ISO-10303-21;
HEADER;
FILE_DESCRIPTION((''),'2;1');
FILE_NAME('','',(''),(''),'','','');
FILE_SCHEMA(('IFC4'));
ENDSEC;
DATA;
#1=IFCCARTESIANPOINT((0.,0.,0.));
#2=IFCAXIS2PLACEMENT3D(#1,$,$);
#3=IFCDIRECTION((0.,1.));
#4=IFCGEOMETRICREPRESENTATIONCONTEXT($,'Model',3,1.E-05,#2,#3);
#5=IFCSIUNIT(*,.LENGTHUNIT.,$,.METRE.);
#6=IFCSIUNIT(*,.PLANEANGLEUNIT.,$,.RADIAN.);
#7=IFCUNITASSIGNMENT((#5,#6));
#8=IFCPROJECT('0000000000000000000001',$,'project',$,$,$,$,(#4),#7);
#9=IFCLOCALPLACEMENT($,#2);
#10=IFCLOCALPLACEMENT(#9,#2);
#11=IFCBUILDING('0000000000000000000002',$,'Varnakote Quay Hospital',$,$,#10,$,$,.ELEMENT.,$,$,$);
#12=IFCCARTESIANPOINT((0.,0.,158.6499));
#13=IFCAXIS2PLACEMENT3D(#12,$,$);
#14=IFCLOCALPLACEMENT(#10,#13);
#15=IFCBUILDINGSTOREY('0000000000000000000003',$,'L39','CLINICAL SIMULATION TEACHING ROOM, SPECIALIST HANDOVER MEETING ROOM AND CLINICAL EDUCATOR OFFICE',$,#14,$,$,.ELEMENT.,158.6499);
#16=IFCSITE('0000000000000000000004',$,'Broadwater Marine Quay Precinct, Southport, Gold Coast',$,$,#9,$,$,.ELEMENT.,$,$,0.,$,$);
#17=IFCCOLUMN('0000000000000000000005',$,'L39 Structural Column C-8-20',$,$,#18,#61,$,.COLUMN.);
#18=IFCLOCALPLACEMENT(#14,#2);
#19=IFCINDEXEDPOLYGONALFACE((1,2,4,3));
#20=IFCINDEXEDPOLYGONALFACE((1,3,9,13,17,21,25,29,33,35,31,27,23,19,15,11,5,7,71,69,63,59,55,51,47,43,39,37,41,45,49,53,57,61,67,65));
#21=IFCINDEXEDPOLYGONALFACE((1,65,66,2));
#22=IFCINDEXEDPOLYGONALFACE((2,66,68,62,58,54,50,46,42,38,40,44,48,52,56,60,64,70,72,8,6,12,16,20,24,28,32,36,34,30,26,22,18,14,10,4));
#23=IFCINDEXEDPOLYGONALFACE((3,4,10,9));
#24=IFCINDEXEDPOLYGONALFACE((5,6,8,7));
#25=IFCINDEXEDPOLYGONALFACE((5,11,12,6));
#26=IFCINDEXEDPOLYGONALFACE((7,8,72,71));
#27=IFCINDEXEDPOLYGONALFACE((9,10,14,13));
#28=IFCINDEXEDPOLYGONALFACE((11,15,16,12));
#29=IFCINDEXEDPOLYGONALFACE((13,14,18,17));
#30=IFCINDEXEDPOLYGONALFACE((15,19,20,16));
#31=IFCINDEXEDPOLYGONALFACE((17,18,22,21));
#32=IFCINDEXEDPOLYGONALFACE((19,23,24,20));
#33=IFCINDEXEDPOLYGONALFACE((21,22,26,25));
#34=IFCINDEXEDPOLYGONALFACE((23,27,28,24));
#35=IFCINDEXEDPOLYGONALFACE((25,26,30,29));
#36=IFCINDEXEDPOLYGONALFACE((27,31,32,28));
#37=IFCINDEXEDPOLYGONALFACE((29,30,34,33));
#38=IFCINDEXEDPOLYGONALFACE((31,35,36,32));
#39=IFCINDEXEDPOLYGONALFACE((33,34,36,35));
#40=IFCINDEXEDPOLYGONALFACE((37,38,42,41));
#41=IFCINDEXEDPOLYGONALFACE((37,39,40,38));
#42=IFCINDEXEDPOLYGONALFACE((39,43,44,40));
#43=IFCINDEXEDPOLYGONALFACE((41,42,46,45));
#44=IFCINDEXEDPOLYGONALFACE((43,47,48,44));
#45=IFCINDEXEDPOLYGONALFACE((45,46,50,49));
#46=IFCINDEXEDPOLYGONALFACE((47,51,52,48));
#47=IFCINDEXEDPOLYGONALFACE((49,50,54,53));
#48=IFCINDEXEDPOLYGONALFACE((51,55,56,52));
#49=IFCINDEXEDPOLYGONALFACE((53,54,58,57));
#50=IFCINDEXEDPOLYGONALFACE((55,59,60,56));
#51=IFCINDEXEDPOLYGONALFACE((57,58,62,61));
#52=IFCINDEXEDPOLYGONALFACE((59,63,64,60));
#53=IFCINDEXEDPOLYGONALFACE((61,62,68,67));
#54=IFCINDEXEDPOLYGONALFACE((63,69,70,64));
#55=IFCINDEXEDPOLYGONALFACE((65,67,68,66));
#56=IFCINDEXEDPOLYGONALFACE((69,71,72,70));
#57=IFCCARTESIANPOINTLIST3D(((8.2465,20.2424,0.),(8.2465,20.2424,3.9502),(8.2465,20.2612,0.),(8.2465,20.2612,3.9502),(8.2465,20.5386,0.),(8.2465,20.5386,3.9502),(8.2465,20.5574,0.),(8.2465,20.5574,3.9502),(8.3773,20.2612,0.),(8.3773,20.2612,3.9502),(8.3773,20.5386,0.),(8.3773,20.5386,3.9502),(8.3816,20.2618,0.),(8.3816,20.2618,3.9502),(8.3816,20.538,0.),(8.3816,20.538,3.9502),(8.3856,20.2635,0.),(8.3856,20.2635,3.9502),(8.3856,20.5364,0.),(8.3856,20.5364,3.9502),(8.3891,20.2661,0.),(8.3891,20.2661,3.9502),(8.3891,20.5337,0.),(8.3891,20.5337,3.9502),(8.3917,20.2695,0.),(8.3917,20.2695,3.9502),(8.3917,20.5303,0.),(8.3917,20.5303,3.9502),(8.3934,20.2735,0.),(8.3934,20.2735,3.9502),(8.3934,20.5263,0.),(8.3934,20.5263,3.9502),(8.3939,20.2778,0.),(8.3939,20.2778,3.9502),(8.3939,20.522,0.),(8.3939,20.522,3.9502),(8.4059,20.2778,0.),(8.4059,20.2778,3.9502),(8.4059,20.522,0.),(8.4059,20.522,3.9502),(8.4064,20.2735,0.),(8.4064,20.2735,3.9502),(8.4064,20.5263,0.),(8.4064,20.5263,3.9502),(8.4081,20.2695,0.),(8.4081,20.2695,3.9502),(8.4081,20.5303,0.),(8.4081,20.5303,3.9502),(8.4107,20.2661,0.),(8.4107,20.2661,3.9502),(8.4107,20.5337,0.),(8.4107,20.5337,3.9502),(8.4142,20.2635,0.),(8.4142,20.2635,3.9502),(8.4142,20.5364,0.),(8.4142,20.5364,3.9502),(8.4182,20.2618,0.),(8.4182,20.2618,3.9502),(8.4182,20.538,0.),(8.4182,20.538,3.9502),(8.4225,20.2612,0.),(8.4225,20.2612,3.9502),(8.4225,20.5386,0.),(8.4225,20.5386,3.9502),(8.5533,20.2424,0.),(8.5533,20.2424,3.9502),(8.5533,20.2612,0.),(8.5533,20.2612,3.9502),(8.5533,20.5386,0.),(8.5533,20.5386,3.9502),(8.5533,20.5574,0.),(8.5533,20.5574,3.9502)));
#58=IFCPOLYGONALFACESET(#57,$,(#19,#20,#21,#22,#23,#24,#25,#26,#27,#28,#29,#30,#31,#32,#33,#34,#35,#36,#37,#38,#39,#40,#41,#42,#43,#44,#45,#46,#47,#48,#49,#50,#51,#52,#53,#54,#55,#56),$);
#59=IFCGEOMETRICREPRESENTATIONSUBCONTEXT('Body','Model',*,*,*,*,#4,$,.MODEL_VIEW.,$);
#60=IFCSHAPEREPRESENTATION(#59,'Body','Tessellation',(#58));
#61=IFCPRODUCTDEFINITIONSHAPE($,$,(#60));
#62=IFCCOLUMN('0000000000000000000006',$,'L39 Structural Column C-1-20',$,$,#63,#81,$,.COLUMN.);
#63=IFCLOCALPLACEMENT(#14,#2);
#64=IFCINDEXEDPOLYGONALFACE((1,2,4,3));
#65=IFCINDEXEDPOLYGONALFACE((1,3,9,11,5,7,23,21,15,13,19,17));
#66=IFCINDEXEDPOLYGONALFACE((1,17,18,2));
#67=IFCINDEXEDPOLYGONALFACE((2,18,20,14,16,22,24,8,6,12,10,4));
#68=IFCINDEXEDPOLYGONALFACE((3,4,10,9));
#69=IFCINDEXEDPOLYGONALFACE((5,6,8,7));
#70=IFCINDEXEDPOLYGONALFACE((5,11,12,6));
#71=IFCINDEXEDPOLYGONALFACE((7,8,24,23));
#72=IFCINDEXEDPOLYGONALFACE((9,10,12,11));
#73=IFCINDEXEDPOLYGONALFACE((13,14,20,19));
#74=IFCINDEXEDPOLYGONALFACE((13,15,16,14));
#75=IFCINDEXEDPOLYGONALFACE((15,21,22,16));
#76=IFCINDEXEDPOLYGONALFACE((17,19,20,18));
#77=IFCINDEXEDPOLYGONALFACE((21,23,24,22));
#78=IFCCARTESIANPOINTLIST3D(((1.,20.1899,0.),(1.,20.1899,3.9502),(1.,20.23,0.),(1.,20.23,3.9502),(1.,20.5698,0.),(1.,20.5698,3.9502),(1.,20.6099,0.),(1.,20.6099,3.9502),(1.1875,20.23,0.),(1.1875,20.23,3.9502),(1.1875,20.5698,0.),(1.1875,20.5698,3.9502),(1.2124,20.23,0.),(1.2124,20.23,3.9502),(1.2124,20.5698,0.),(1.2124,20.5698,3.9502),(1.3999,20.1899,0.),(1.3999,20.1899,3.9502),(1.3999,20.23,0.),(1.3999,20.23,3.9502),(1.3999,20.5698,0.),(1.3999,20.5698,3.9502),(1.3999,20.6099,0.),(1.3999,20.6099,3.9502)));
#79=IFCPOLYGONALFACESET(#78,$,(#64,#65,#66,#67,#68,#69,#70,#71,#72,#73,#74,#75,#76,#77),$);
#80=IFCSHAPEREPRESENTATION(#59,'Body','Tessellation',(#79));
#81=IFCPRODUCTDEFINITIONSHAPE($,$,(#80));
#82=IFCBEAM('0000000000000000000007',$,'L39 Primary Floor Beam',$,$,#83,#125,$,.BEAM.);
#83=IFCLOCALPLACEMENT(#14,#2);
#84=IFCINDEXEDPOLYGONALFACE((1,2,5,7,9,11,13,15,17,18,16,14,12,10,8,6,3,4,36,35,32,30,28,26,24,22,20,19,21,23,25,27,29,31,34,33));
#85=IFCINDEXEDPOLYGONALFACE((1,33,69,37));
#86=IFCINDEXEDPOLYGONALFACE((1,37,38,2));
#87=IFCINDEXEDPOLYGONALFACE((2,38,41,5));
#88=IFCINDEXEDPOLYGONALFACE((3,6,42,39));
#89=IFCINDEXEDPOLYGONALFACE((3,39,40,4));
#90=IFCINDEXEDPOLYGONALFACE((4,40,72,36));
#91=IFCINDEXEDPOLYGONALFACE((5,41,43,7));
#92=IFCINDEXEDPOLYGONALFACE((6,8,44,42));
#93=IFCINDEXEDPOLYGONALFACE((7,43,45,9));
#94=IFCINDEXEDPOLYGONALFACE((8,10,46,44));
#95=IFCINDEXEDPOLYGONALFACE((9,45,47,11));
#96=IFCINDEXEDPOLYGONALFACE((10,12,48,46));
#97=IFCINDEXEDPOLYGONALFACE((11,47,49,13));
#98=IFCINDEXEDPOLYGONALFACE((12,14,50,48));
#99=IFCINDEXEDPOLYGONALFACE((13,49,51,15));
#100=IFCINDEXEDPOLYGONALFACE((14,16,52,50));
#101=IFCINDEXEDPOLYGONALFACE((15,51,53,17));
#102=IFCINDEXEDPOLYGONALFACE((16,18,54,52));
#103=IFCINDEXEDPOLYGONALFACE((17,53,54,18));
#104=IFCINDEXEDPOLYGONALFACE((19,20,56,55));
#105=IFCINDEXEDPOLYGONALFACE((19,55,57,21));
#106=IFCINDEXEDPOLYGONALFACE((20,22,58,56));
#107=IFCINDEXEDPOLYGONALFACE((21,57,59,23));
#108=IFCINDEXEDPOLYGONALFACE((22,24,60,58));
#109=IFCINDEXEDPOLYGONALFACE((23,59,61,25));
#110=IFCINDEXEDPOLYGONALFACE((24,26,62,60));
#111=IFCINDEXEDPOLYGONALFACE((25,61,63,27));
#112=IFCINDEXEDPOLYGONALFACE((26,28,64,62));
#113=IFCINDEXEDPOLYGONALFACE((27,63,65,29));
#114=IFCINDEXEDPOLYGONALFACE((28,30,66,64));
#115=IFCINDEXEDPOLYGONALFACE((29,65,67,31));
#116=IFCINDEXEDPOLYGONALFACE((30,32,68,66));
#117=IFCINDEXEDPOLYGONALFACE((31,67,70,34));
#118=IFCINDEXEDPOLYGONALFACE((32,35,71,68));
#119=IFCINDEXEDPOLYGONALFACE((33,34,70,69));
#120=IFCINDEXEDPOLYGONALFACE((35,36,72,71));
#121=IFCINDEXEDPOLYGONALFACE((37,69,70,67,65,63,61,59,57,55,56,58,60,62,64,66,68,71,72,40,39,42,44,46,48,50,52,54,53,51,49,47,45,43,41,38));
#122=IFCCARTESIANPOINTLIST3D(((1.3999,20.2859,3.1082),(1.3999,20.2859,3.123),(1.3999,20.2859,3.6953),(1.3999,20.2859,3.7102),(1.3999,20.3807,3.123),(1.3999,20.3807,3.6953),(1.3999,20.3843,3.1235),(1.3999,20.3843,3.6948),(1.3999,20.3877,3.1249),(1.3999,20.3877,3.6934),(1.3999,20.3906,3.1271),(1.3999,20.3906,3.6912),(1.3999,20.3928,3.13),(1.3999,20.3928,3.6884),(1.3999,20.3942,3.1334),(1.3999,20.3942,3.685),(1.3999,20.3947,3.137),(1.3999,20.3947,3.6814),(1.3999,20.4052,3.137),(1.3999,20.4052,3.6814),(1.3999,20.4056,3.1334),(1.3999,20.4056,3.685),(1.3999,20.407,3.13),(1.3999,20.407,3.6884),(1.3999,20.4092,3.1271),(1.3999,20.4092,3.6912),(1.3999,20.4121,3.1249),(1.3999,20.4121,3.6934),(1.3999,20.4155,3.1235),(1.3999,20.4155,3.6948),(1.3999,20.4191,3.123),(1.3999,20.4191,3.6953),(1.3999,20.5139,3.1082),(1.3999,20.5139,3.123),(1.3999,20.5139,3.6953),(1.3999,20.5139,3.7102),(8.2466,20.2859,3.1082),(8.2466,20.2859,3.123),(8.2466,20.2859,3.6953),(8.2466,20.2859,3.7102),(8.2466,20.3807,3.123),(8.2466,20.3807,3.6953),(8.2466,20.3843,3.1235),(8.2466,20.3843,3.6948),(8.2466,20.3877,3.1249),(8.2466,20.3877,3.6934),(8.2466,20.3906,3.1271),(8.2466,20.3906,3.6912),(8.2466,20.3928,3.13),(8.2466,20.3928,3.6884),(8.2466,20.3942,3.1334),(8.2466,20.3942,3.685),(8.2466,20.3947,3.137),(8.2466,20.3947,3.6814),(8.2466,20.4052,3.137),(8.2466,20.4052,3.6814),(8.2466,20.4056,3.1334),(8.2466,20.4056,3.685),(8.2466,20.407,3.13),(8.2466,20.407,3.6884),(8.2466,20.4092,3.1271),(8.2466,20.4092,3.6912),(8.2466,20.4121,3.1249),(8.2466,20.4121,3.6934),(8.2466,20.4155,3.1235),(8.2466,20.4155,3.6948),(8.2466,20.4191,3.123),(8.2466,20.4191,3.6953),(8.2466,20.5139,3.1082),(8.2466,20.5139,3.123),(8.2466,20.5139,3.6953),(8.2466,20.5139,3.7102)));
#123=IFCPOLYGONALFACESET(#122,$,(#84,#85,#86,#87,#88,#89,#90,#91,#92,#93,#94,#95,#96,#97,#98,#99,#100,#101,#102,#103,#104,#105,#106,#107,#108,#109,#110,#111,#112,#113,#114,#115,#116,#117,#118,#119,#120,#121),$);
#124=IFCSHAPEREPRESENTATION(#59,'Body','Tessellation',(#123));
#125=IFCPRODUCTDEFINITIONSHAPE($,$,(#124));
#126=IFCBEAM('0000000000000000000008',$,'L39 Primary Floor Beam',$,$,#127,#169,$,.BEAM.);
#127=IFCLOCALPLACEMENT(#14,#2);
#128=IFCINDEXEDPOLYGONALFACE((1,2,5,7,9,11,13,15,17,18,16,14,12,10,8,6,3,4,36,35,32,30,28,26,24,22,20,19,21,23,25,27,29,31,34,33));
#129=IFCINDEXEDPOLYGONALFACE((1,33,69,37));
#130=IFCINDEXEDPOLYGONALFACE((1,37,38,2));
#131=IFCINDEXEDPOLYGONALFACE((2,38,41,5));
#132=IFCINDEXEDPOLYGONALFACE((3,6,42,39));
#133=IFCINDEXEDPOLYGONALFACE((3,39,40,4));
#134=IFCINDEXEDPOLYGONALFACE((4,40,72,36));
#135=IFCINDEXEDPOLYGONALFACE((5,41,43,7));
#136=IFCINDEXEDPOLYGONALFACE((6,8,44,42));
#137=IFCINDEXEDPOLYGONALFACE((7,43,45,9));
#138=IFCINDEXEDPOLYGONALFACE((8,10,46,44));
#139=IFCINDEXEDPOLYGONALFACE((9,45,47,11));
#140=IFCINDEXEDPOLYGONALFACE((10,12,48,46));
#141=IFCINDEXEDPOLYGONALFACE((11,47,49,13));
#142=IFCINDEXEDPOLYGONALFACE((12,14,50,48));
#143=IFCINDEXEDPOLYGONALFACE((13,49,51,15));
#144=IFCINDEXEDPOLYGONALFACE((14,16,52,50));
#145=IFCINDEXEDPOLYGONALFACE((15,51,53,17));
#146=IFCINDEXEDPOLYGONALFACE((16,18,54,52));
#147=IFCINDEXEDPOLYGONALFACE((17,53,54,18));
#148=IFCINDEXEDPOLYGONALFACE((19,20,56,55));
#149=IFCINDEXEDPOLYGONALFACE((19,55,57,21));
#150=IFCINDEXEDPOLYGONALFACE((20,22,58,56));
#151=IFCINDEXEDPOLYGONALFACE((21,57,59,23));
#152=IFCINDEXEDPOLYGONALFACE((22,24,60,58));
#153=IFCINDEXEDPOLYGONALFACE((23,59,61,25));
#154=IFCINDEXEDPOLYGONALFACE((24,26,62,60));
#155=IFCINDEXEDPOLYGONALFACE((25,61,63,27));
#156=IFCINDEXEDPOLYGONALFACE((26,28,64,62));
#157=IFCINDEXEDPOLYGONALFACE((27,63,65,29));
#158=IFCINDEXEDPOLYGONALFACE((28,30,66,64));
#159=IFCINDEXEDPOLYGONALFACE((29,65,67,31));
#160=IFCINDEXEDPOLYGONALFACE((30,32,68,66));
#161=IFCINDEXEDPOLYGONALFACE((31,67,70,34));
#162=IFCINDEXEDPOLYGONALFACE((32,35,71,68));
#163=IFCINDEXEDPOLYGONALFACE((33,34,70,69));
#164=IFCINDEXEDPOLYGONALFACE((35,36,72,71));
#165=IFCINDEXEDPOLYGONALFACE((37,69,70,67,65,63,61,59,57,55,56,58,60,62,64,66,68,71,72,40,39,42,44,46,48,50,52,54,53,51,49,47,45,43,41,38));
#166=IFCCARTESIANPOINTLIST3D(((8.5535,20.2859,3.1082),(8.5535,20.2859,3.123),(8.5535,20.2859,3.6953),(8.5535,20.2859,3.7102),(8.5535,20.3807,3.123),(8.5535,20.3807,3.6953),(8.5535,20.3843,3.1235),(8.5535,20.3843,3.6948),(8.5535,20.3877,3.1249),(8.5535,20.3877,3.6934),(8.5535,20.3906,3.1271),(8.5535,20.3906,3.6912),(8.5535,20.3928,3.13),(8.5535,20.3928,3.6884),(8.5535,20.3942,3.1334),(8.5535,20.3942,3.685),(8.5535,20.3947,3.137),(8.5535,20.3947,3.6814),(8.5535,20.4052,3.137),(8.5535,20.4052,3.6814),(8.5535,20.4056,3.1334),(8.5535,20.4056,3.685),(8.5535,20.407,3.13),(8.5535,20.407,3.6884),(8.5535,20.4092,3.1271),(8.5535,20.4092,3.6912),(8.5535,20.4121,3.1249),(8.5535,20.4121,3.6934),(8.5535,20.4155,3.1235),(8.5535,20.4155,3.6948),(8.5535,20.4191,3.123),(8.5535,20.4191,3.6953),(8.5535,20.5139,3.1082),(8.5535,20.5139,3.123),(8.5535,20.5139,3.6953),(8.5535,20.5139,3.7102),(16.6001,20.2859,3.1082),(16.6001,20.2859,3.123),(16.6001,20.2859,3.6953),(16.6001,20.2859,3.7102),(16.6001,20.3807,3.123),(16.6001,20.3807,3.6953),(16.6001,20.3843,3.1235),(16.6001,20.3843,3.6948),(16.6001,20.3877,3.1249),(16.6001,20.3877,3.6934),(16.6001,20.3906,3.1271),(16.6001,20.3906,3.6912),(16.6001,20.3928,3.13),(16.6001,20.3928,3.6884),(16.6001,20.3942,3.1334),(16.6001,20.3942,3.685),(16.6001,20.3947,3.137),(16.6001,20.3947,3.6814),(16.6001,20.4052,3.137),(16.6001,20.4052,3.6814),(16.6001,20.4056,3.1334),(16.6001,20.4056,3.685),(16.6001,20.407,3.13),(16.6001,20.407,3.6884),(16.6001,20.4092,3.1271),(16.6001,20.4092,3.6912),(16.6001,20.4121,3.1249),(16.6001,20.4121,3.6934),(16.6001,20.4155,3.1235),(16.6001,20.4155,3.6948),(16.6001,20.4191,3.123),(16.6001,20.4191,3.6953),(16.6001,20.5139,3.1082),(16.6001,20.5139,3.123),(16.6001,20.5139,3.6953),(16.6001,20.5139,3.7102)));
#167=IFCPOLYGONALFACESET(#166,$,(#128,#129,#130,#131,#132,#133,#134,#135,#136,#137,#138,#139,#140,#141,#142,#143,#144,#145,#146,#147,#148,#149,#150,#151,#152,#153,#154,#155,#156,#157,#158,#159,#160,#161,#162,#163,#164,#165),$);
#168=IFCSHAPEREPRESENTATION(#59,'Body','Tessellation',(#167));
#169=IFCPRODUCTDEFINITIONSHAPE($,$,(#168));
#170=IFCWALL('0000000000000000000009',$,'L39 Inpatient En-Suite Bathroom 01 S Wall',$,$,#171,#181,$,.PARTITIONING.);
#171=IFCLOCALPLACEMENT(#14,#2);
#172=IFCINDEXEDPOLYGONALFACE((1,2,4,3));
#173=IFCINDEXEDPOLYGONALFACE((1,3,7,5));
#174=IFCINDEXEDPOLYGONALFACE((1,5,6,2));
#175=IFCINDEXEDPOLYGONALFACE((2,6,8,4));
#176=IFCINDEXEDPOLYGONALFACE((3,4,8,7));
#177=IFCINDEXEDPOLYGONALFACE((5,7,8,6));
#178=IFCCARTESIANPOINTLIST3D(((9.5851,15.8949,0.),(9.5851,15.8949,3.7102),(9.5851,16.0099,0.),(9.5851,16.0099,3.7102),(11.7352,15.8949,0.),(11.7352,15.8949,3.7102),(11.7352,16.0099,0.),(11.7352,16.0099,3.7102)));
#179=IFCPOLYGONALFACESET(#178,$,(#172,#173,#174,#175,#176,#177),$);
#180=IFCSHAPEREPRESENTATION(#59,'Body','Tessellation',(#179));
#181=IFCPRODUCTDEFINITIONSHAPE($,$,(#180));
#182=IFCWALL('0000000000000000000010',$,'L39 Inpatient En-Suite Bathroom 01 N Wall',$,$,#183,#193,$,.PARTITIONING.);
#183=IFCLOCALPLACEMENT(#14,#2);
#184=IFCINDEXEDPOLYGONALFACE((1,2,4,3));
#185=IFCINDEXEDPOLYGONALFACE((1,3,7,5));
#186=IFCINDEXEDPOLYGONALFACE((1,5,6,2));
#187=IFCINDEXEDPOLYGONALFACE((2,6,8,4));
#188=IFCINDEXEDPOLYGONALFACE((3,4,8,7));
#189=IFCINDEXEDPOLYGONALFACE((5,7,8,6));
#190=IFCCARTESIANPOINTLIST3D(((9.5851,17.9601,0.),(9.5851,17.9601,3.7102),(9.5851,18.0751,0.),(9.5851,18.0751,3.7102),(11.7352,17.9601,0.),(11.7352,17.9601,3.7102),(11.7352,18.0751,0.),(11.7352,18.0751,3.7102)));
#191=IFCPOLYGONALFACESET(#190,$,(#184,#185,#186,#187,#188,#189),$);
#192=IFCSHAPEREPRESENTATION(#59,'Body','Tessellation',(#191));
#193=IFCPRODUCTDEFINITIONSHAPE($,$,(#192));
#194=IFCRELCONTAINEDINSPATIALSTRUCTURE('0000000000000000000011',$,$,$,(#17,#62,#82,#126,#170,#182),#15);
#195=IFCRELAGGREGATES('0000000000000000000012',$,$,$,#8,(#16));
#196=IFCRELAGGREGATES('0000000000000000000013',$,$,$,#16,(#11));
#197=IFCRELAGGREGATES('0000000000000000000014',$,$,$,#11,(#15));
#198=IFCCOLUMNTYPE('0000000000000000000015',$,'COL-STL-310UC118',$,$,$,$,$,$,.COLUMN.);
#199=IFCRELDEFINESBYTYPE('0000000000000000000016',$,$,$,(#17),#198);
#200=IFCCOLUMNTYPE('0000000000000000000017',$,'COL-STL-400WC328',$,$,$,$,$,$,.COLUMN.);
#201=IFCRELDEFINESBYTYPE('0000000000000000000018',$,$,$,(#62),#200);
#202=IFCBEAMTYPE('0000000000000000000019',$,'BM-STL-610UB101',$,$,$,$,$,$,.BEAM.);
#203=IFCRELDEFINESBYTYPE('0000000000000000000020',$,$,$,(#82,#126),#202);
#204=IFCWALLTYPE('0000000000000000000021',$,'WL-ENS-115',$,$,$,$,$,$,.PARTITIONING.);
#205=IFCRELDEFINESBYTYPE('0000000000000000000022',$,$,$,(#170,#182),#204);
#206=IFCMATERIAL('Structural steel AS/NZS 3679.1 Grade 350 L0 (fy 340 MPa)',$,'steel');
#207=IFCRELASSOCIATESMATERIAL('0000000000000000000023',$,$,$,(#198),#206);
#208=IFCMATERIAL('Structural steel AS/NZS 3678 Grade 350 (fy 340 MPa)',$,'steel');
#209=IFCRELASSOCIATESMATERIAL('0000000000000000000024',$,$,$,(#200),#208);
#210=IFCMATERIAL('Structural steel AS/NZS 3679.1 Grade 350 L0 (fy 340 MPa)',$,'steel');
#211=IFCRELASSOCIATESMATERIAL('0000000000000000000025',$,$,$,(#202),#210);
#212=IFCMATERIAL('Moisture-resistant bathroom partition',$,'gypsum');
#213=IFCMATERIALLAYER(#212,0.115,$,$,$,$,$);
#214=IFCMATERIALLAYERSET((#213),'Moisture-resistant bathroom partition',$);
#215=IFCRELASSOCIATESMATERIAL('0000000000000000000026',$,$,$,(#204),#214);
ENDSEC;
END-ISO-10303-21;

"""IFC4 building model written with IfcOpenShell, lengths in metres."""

from ifc_helpers import new_model, si_unit, direction, frame, frame_2d, origin, origin_2d, place, context, subcontext, project, spatial, rectangle, i_section, extrude, material, layer, layer_set, material_profile, profile_set, type_object, element, save


model = new_model("IFC4")

# Units and contexts
model_context = context("Model", 3, precision=1e-05, world=origin(), true_north=direction((0.0, 1.0)))
body_context = subcontext(model_context, "Body", "Model", "MODEL_VIEW")
ifc_project = project(units=[si_unit("LENGTHUNIT", "METRE"), si_unit("PLANEANGLEUNIT", "RADIAN")], contexts=[model_context])

# Site, building, storey
site_placement = place(None, origin())
site = spatial("IfcSite", under=ifc_project, at=site_placement, Name="Broadwater Marine Quay Precinct, Southport, Gold Coast", CompositionType="ELEMENT", RefElevation=0.0)
building_placement = place(site_placement, origin())
building = spatial("IfcBuilding", under=site, at=building_placement, Name="Varnakote Quay Hospital", CompositionType="ELEMENT")
storey_placement = place(building_placement, frame((0.0, 0.0, 158.6499)))
storey = spatial("IfcBuildingStorey", under=building, at=storey_placement, Name="L39", Description="CLINICAL SIMULATION TEACHING ROOM, SPECIALIST HANDOVER MEETING ROOM AND CLINICAL EDUCATOR OFFICE", CompositionType="ELEMENT", Elevation=158.6499)

# Columns
ifc_material_1 = material(Name="Structural steel AS/NZS 3679.1 Grade 350 L0 (fy 340 MPa)", Category="steel")
ifc_material_profile_1 = material_profile(ifc_material_1, i_section(OverallWidth=0.3069, OverallDepth=0.3149, WebThickness=0.012, FlangeThickness=0.0188, FilletRadius=0.0166, at=origin_2d()), Name="310UC118")
ifc_profile_set_1 = profile_set([ifc_material_profile_1], Name="Structural steel AS/NZS 3679.1 Grade 350 L0 (fy 340 MPa)")
column_type_1 = type_object("IfcColumnType", Name="COL-STL-310UC118", PredefinedType="COLUMN", material=ifc_profile_set_1)
column_1_placement = place(storey_placement, frame((8.3999, 20.3999, 0.0), z_axis=(0.0, 0.0, 1.0), x_axis=(1.0, 0.0, 0.0)))
element("IfcColumn", 1, at=column_1_placement, inside=storey, type_object=column_type_1, Name="L39 Structural Column C-8-20", PredefinedType="COLUMN", context=body_context, shape_type="SweptSolid", body=[
    extrude(i_section(OverallWidth=0.3069, OverallDepth=0.3149, WebThickness=0.012, FlangeThickness=0.0188, FilletRadius=0.0166, at=origin_2d()), origin(), (0.0, 0.0, 1.0), 3.9502),
])
ifc_material_2 = material(Name="Structural steel AS/NZS 3678 Grade 350 (fy 340 MPa)", Category="steel")
ifc_material_profile_2 = material_profile(ifc_material_2, i_section(OverallWidth=0.3999, OverallDepth=0.4199, WebThickness=0.0249, FlangeThickness=0.04, at=origin_2d()), Name="400WC328")
ifc_profile_set_2 = profile_set([ifc_material_profile_2], Name="Structural steel AS/NZS 3678 Grade 350 (fy 340 MPa)")
column_type_2 = type_object("IfcColumnType", Name="COL-STL-400WC328", PredefinedType="COLUMN", material=ifc_profile_set_2)
column_2_placement = place(storey_placement, frame((1.2, 20.3999, 0.0), z_axis=(0.0, 0.0, 1.0), x_axis=(1.0, 0.0, 0.0)))
element("IfcColumn", 2, at=column_2_placement, inside=storey, type_object=column_type_2, Name="L39 Structural Column C-1-20", PredefinedType="COLUMN", context=body_context, shape_type="SweptSolid", body=[
    extrude(i_section(OverallWidth=0.3999, OverallDepth=0.4199, WebThickness=0.0249, FlangeThickness=0.04, at=origin_2d()), origin(), (0.0, 0.0, 1.0), 3.9502),
])

# Beams
ifc_material_3 = material(Name="Structural steel AS/NZS 3679.1 Grade 350 L0 (fy 340 MPa)", Category="steel")
ifc_material_profile_3 = material_profile(ifc_material_3, i_section(OverallWidth=0.228, OverallDepth=0.6021, WebThickness=0.0105, FlangeThickness=0.0149, FilletRadius=0.0139, at=origin_2d()), Name="610UB101")
ifc_profile_set_3 = profile_set([ifc_material_profile_3], Name="Structural steel AS/NZS 3679.1 Grade 350 L0 (fy 340 MPa)")
beam_type = type_object("IfcBeamType", Name="BM-STL-610UB101", PredefinedType="BEAM", material=ifc_profile_set_3)
beam_1_placement = place(storey_placement, frame((1.3999, 20.3999, 3.4092), z_axis=(1.0, 0.0, 0.0), x_axis=(0.0, 1.0, 0.0)))
element("IfcBeam", 3, at=beam_1_placement, inside=storey, type_object=beam_type, Name="L39 Primary Floor Beam", PredefinedType="BEAM", context=body_context, shape_type="SweptSolid", body=[
    extrude(i_section(OverallWidth=0.228, OverallDepth=0.6021, WebThickness=0.0105, FlangeThickness=0.0149, FilletRadius=0.0139, at=origin_2d()), origin(), (0.0, 0.0, 1.0), 6.8467),
])
beam_2_placement = place(storey_placement, frame((8.5535, 20.3999, 3.4092), z_axis=(1.0, 0.0, 0.0), x_axis=(0.0, 1.0, 0.0)))
element("IfcBeam", 4, at=beam_2_placement, inside=storey, type_object=beam_type, Name="L39 Primary Floor Beam", PredefinedType="BEAM", context=body_context, shape_type="SweptSolid", body=[
    extrude(i_section(OverallWidth=0.228, OverallDepth=0.6021, WebThickness=0.0105, FlangeThickness=0.0149, FilletRadius=0.0139, at=origin_2d()), origin(), (0.0, 0.0, 1.0), 8.0466),
])

# Walls
ifc_material_4 = material(Name="Moisture-resistant bathroom partition", Category="gypsum")
ifc_layer_1 = layer(ifc_material_4, 0.115)
ifc_layer_set_1 = layer_set([ifc_layer_1], Name="Moisture-resistant bathroom partition")
wall_type_1 = type_object("IfcWallType", Name="WL-ENS-115", PredefinedType="PARTITIONING", material=ifc_layer_set_1)
for number, where, z_axis, x_axis, name in (
    (5, (9.585, 15.9524, 0.0), (0.0, 0.0, 1.0), (1.0, 0.0, 0.0), "L39 Inpatient En-Suite Bathroom 01 S Wall"),
    (6, (9.585, 18.0176, 0.0), (0.0, 0.0, 1.0), (1.0, 0.0, 0.0), "L39 Inpatient En-Suite Bathroom 01 N Wall"),
):
    element("IfcWall", number, at=place(storey_placement, frame(where, z_axis=z_axis, x_axis=x_axis)), inside=storey, type_object=wall_type_1, Name=name, PredefinedType="PARTITIONING", context=body_context, shape_type="SweptSolid", body=[
        extrude(rectangle(XDim=2.1501, YDim=0.115, at=frame_2d((1.0752, 0.0))), origin(), (0.0, 0.0, 1.0), 3.7102),
    ])

save(model, "model.ifc")
